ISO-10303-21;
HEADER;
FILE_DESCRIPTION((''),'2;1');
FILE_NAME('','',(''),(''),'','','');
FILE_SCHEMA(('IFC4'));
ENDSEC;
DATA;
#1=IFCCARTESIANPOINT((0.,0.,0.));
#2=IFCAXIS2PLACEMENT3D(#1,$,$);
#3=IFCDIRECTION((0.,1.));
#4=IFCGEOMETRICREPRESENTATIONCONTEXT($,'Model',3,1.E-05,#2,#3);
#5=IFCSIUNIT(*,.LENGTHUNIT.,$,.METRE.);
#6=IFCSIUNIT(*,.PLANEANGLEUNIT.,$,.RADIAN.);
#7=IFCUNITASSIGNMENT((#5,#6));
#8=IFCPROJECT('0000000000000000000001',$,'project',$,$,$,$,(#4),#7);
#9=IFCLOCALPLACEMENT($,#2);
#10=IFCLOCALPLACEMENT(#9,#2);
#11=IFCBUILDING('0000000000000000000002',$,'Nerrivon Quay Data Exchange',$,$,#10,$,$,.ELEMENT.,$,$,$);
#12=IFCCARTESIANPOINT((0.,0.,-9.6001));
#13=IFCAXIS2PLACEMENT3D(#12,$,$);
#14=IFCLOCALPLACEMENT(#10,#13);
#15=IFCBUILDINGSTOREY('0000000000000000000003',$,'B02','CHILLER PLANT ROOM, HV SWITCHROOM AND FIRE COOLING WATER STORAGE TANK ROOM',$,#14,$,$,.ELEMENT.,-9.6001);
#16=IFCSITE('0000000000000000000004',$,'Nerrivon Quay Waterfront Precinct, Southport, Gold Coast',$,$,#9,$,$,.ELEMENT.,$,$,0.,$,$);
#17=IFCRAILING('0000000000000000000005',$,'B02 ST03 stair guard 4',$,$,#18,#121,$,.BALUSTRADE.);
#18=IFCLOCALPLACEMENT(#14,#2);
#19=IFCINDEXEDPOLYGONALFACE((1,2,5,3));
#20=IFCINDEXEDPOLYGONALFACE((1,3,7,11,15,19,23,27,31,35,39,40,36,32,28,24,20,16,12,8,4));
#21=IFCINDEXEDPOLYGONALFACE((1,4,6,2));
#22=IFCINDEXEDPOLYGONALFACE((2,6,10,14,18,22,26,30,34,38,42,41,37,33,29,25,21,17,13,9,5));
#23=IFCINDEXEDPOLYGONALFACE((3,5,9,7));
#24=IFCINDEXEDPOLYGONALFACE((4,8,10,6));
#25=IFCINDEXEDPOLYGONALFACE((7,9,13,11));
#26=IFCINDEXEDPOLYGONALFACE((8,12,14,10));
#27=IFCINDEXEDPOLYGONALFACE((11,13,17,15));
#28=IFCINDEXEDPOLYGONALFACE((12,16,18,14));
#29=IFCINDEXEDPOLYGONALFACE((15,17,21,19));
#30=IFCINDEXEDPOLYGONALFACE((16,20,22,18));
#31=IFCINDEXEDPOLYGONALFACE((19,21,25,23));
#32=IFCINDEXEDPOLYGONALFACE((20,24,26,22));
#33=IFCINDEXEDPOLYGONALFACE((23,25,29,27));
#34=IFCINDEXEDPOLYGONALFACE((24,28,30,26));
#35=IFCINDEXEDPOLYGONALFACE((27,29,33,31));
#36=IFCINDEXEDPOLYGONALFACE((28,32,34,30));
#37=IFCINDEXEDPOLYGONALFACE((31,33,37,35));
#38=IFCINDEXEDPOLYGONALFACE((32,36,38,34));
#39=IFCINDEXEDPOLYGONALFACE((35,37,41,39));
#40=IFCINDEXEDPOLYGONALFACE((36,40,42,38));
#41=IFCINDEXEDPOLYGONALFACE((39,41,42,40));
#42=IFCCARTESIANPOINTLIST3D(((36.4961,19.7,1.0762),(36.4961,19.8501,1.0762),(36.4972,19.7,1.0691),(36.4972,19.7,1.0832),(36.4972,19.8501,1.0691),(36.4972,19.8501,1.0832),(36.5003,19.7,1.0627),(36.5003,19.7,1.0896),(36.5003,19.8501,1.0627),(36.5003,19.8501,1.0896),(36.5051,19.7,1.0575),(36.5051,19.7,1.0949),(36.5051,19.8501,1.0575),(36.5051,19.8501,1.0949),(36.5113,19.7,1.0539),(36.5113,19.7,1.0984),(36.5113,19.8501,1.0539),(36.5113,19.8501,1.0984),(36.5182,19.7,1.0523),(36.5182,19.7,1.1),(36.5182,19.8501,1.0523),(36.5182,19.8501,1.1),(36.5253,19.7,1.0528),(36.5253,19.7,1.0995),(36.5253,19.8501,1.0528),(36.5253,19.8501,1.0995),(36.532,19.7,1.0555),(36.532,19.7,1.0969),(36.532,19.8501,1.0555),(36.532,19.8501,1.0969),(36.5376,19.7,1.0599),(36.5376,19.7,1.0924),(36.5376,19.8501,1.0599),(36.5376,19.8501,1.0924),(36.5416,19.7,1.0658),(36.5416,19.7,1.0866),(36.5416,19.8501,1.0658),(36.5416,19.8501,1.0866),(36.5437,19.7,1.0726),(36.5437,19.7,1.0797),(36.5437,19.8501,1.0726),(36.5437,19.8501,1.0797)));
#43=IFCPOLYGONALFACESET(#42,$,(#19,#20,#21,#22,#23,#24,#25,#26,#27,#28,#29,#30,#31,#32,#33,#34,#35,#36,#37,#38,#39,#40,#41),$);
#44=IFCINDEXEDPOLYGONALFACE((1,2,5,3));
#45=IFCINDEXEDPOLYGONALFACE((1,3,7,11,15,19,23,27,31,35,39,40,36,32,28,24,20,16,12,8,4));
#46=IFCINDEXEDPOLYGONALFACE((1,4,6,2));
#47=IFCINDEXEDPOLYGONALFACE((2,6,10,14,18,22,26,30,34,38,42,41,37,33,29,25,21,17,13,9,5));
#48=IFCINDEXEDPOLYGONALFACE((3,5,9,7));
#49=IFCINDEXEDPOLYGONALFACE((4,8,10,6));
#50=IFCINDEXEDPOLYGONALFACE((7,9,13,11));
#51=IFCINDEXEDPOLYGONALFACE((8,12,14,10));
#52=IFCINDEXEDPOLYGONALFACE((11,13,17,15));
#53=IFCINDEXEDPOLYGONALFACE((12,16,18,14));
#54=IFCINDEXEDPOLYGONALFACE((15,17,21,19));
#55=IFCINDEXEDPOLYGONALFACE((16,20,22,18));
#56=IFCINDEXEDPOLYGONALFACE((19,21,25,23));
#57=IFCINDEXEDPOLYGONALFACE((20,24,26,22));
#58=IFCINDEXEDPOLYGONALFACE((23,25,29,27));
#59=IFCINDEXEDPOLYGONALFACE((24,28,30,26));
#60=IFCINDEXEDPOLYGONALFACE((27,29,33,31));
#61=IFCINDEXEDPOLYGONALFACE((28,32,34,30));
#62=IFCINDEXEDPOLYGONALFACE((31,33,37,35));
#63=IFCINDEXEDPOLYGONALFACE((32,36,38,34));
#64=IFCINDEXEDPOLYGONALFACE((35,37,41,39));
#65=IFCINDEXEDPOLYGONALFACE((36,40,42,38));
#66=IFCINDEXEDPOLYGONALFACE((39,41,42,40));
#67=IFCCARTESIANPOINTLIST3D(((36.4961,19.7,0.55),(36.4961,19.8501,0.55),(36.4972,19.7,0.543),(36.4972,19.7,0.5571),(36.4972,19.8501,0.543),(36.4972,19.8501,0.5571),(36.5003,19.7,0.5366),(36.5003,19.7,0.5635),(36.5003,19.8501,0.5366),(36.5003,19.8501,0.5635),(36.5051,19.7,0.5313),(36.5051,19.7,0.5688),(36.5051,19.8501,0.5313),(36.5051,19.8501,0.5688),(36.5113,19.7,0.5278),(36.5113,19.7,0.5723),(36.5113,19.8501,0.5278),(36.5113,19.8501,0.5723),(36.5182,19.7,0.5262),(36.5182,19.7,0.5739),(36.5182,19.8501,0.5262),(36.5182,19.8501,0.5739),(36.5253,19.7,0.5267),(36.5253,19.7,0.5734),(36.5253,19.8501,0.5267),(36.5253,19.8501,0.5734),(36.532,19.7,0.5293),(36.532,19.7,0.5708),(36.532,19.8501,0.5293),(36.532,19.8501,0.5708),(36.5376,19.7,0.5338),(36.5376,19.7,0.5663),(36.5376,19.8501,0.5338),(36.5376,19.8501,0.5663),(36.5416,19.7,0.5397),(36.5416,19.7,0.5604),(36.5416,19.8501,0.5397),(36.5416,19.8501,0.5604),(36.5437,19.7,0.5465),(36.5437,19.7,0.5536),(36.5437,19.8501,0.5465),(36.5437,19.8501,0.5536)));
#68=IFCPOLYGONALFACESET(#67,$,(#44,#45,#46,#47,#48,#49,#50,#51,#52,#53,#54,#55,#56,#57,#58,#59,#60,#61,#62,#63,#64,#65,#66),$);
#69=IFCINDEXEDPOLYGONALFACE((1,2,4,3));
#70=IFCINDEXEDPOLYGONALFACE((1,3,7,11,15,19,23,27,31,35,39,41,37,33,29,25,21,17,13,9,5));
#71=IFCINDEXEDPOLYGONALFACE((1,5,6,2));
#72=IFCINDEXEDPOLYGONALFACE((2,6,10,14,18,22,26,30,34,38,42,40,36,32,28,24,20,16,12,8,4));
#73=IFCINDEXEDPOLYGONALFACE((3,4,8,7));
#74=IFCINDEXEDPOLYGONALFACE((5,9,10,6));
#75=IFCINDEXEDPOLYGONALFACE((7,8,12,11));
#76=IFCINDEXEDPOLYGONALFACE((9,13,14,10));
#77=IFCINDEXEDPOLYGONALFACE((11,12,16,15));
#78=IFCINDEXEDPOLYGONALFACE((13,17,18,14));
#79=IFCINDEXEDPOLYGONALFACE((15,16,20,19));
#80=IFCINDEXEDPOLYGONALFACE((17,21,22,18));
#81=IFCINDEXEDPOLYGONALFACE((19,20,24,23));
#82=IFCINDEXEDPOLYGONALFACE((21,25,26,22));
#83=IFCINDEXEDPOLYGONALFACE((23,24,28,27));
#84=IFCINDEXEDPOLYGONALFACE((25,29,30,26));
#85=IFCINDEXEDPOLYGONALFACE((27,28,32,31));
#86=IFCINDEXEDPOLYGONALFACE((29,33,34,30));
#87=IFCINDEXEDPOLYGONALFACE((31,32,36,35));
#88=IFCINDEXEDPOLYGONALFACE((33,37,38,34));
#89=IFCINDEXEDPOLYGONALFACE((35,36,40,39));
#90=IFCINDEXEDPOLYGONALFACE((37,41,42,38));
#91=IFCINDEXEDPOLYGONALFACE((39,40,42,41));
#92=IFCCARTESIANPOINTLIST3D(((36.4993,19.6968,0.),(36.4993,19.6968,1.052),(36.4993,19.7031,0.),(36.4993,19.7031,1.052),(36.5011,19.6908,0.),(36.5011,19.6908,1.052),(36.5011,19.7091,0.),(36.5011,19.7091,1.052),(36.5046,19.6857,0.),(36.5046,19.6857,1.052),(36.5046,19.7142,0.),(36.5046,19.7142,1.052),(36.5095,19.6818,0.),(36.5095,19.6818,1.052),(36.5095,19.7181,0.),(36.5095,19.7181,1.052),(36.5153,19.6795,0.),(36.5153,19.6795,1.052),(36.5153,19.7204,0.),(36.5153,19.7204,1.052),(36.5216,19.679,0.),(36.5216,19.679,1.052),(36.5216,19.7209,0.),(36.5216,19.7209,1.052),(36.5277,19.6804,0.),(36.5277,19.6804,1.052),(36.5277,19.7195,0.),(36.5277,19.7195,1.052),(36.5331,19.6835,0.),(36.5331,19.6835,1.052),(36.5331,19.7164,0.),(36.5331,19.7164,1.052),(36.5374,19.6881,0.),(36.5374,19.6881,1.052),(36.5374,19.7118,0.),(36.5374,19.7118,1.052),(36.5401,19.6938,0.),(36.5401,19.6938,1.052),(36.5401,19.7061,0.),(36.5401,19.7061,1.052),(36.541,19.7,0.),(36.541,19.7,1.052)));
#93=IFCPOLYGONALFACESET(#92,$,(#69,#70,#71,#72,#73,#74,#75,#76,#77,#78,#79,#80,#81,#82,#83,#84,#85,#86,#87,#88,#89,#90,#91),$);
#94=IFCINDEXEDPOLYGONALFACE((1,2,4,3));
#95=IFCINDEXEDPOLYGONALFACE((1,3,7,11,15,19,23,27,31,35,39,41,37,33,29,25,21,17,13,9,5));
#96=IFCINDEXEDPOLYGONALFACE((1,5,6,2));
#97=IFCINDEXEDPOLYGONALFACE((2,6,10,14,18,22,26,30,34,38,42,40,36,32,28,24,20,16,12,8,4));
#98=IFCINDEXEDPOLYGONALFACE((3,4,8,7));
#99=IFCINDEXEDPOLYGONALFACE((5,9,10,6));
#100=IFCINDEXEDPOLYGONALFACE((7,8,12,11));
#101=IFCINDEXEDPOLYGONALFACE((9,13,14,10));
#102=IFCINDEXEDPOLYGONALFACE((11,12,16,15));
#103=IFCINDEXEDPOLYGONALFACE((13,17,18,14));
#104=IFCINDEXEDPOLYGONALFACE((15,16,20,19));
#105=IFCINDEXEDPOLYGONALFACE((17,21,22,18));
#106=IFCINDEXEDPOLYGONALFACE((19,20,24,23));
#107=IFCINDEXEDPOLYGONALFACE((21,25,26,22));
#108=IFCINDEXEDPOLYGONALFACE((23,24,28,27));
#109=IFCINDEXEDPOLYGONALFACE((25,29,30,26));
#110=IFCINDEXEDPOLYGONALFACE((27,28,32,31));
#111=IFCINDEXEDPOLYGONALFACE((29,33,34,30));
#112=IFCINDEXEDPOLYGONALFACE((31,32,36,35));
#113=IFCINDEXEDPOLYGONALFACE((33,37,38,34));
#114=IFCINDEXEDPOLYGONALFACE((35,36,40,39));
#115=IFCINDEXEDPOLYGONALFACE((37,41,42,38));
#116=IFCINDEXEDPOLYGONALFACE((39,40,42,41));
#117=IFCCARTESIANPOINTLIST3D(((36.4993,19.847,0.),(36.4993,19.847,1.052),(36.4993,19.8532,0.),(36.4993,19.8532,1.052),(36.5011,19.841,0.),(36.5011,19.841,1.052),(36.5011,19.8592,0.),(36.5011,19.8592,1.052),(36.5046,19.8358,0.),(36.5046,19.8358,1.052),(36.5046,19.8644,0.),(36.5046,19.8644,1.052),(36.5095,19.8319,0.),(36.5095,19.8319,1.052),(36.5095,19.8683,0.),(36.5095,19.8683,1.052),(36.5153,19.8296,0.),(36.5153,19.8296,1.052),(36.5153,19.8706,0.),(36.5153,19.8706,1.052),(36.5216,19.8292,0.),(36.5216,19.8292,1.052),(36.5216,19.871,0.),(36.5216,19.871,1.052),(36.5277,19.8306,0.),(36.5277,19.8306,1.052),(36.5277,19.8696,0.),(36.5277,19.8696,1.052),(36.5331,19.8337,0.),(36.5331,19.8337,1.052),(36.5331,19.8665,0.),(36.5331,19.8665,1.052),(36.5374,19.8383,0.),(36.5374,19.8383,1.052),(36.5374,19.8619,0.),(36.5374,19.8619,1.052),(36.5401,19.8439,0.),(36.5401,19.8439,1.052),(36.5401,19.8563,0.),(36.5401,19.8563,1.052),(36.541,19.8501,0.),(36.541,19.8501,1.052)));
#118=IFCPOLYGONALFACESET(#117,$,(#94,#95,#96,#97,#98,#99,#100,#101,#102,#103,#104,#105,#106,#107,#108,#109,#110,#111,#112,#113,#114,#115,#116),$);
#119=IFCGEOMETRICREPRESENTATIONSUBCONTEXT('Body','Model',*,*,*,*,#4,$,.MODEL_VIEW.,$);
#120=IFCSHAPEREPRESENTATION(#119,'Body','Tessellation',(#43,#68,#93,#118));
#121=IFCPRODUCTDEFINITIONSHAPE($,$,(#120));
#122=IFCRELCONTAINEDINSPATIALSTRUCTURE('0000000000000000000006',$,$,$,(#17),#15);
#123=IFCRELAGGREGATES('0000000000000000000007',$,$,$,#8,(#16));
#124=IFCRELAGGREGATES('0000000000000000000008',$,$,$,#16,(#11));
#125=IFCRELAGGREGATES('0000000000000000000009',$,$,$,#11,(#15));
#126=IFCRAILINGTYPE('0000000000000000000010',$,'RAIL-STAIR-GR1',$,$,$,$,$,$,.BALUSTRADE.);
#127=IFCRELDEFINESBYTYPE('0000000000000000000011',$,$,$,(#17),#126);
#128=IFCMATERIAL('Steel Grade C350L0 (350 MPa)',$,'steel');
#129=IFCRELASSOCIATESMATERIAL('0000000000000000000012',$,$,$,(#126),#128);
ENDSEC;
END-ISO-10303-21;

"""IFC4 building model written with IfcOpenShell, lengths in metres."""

from ifc_helpers import new_model, si_unit, direction, frame, origin, origin_2d, place, context, subcontext, project, spatial, circle, extrude, material, type_object, element, save


model = new_model("IFC4")

# Units and contexts
model_context = context("Model", 3, precision=1e-05, world=origin(), true_north=direction((0.0, 1.0)))
body_context = subcontext(model_context, "Body", "Model", "MODEL_VIEW")
ifc_project = project(units=[si_unit("LENGTHUNIT", "METRE"), si_unit("PLANEANGLEUNIT", "RADIAN")], contexts=[model_context])

# Site, building, storey
site_placement = place(None, origin())
site = spatial("IfcSite", under=ifc_project, at=site_placement, Name="Nerrivon Quay Waterfront Precinct, Southport, Gold Coast", CompositionType="ELEMENT", RefElevation=0.0)
building_placement = place(site_placement, origin())
building = spatial("IfcBuilding", under=site, at=building_placement, Name="Nerrivon Quay Data Exchange", CompositionType="ELEMENT")
storey_placement = place(building_placement, frame((0.0, 0.0, -9.6001)))
storey = spatial("IfcBuildingStorey", under=building, at=storey_placement, Name="B02", Description="CHILLER PLANT ROOM, HV SWITCHROOM AND FIRE COOLING WATER STORAGE TANK ROOM", CompositionType="ELEMENT", Elevation=-9.6001)

# Railing
ifc_material_1 = material(Name="Steel Grade C350L0 (350 MPa)", Category="steel")
railing_type_1 = type_object("IfcRailingType", Name="RAIL-STAIR-GR1", PredefinedType="BALUSTRADE", material=ifc_material_1)
railing_1_placement = place(storey_placement, frame((36.52, 19.7, 0.0)))
element("IfcRailing", 1, at=railing_1_placement, inside=storey, type_object=railing_type_1, Name="B02 ST03 stair guard 4", PredefinedType="BALUSTRADE", context=body_context, shape_type="SweptSolid", body=[
    extrude(circle(Radius=0.0239, at=origin_2d()), frame((0.0, 0.0, 1.0762), z_axis=(0.0, 1.0, 0.0), x_axis=(-1.0, 0.0, 0.0)), (0.0, 0.0, 1.0), 0.1501),
    extrude(circle(Radius=0.0239, at=origin_2d()), frame((0.0, 0.0, 0.55), z_axis=(0.0, 1.0, 0.0), x_axis=(-1.0, 0.0, 0.0)), (0.0, 0.0, 1.0), 0.1501),
    extrude(circle(Radius=0.021, at=origin_2d()), origin(), (0.0, 0.0, 1.0), 1.052),
    extrude(circle(Radius=0.021, at=origin_2d()), frame((0.0, 0.1501, 0.0)), (0.0, 0.0, 1.0), 1.052),
])

save(model, "model.ifc")
